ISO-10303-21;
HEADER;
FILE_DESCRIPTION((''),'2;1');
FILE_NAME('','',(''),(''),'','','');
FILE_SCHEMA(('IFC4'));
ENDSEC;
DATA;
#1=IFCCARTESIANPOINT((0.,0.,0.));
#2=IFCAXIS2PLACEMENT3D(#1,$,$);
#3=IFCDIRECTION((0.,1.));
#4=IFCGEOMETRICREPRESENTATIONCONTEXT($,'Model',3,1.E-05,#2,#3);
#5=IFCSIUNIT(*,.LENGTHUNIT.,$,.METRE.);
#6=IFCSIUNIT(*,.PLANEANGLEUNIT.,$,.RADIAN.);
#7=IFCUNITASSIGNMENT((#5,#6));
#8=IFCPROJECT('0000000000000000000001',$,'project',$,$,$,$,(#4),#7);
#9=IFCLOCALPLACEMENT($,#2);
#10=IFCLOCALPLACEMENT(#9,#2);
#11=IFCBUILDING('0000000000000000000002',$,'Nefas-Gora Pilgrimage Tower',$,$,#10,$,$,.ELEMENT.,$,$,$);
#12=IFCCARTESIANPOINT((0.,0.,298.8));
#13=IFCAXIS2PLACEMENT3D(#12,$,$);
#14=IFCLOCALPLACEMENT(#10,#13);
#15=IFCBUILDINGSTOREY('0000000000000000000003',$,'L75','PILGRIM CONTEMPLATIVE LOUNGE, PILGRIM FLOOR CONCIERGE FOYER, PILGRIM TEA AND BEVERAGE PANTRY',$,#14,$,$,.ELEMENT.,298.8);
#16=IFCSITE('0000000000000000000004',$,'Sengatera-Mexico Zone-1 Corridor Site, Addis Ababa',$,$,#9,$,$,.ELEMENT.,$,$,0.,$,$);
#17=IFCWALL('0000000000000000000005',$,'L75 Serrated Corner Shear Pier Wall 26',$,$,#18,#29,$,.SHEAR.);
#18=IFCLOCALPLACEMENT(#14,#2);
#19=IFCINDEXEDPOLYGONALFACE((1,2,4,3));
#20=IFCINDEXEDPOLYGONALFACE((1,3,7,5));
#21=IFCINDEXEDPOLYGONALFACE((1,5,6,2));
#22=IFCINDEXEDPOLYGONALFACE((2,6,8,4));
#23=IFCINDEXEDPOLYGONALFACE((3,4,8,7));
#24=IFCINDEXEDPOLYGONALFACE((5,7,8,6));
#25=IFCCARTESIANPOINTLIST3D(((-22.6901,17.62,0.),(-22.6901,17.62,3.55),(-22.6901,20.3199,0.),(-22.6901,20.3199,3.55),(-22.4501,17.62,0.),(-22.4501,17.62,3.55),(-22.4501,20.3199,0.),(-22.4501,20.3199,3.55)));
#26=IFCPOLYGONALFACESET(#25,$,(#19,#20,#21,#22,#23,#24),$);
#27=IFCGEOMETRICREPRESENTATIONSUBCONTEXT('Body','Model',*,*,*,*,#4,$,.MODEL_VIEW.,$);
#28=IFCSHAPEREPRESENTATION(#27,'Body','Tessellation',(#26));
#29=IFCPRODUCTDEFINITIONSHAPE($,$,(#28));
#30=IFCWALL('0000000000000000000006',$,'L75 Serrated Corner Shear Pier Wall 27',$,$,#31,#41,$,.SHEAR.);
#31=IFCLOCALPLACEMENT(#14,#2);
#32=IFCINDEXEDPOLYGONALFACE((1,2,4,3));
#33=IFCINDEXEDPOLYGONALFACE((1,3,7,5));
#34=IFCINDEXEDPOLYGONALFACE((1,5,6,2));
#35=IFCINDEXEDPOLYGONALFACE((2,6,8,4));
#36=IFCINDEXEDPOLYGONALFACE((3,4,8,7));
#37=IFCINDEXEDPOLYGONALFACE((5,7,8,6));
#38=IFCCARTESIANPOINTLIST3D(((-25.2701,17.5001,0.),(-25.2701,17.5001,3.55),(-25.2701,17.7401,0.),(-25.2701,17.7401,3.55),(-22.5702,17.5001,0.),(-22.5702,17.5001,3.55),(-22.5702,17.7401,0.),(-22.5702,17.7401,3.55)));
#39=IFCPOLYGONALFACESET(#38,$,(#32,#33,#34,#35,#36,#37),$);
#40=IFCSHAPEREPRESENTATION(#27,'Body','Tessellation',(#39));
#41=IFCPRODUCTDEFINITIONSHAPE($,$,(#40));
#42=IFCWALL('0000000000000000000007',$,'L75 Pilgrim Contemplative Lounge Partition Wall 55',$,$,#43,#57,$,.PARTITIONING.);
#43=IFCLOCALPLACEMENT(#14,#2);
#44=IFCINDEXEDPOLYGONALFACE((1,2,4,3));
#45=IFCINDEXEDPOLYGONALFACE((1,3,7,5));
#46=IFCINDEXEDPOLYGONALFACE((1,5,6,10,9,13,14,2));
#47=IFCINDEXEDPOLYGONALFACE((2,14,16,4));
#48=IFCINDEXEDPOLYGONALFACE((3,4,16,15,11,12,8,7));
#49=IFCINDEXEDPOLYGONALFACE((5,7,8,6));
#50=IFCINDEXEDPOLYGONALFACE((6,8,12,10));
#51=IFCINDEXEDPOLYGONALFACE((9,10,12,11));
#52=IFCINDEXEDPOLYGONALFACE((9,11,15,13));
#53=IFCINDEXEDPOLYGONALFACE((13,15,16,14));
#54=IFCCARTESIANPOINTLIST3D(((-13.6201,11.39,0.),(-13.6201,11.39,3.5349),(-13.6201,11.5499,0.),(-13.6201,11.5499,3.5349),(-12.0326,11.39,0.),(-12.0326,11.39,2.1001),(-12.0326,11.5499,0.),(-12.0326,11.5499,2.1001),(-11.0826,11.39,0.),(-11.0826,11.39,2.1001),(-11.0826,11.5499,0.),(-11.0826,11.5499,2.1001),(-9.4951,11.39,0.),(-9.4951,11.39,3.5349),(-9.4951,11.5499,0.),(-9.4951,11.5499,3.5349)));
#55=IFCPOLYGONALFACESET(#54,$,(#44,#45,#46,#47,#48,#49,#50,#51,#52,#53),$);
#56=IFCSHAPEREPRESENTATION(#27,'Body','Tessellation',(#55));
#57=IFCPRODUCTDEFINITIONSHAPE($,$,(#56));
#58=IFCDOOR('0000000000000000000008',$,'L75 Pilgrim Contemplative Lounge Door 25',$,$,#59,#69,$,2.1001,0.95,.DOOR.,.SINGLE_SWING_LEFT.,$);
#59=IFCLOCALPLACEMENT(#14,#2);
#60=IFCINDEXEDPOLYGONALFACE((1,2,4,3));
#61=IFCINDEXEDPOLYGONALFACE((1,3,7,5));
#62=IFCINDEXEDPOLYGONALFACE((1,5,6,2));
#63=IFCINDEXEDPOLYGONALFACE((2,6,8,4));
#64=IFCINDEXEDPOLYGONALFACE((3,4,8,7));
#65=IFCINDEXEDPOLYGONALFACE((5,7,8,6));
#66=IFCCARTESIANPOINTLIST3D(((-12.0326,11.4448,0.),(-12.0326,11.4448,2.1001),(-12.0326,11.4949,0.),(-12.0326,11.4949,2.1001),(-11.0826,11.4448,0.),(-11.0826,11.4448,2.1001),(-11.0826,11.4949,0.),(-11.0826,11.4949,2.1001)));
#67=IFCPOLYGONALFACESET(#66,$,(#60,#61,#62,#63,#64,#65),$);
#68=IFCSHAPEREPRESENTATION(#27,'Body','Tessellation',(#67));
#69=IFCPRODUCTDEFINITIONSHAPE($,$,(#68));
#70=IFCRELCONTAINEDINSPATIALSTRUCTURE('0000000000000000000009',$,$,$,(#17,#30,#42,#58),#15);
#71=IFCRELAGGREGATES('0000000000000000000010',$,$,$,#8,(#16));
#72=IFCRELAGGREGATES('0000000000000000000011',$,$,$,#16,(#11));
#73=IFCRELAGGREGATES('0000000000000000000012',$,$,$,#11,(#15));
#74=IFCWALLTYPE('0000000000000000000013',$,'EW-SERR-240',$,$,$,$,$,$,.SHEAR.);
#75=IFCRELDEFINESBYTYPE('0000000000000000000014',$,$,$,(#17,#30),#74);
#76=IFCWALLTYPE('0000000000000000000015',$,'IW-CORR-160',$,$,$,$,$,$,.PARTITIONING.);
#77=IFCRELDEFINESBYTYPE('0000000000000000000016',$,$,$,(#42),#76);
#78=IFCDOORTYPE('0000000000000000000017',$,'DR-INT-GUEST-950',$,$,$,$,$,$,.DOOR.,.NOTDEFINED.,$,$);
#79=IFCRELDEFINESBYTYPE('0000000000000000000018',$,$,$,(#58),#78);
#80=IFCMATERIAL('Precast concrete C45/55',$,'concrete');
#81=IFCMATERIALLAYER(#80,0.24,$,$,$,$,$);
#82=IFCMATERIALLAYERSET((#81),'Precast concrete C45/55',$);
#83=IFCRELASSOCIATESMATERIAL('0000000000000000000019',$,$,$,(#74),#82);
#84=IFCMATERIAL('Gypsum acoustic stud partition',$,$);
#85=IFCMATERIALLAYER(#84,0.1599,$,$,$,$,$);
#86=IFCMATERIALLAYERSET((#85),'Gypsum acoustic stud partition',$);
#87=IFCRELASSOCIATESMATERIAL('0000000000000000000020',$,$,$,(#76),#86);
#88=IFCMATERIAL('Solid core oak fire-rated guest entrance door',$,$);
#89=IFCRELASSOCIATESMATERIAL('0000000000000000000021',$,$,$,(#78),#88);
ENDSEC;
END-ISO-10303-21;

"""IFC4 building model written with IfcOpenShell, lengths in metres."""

from ifc_helpers import new_model, si_unit, direction, frame, frame_2d, origin, place, context, subcontext, project, spatial, rectangle, extrude, source, transform, mapped, material, layer, layer_set, type_object, element, fill, save


model = new_model("IFC4")

# Units and contexts
model_context = context("Model", 3, precision=1e-05, world=origin(), true_north=direction((0.0, 1.0)))
body_context = subcontext(model_context, "Body", "Model", "MODEL_VIEW")
ifc_project = project(units=[si_unit("LENGTHUNIT", "METRE"), si_unit("PLANEANGLEUNIT", "RADIAN")], contexts=[model_context])

# Site, building, storey
site_placement = place(None, origin())
site = spatial("IfcSite", under=ifc_project, at=site_placement, Name="Sengatera-Mexico Zone-1 Corridor Site, Addis Ababa", CompositionType="ELEMENT", RefElevation=0.0)
building_placement = place(site_placement, origin())
building = spatial("IfcBuilding", under=site, at=building_placement, Name="Nefas-Gora Pilgrimage Tower", CompositionType="ELEMENT")
storey_placement = place(building_placement, frame((0.0, 0.0, 298.8)))
storey = spatial("IfcBuildingStorey", under=building, at=storey_placement, Name="L75", Description="PILGRIM CONTEMPLATIVE LOUNGE, PILGRIM FLOOR CONCIERGE FOYER, PILGRIM TEA AND BEVERAGE PANTRY", CompositionType="ELEMENT", Elevation=298.8)

# Shared definitions
ifc_material_1 = material(Name="Precast concrete C45/55", Category="concrete")
ifc_layer_1 = layer(ifc_material_1, 0.24)
ifc_layer_set_1 = layer_set([ifc_layer_1], Name="Precast concrete C45/55")
wall_type_1 = type_object("IfcWallType", Name="EW-SERR-240", PredefinedType="SHEAR", material=ifc_layer_set_1)
shared_shape_1 = source(origin(), body_context, "Body", "SweptSolid", [
    extrude(rectangle(XDim=2.7, YDim=0.24, at=frame_2d((1.3501, 0.0))), origin(), (0.0, 0.0, 1.0), 3.55),
])

# Walls
for number, where, z_axis, x_axis, name in (
    (1, (-22.5701, 20.3201, 0.0), (0.0, 0.0, 1.0), (0.0, -1.0, 0.0), "L75 Serrated Corner Shear Pier Wall 26"),
    (2, (-22.5701, 17.6201, 0.0), (0.0, 0.0, 1.0), (-1.0, 0.0, 0.0), "L75 Serrated Corner Shear Pier Wall 27"),
):
    element("IfcWall", number, at=place(storey_placement, frame(where, z_axis=z_axis, x_axis=x_axis)), inside=storey, type_object=wall_type_1, Name=name, PredefinedType="SHEAR", context=body_context, shape_type="MappedRepresentation", body=[
        mapped(shared_shape_1, transform((0.0, 0.0, 0.0), x_axis=(1.0, 0.0, 0.0), y_axis=(0.0, 1.0, 0.0), z_axis=(0.0, 0.0, 1.0), scale=1.0)),
    ])

# Wall, opening, door
ifc_material_2 = material(Name="Gypsum acoustic stud partition")
ifc_layer_2 = layer(ifc_material_2, 0.1599)
ifc_layer_set_2 = layer_set([ifc_layer_2], Name="Gypsum acoustic stud partition")
wall_type_2 = type_object("IfcWallType", Name="IW-CORR-160", PredefinedType="PARTITIONING", material=ifc_layer_set_2)
shared_shape_2 = source(origin(), body_context, "Body", "SweptSolid", [
    extrude(rectangle(XDim=4.125, YDim=0.1599, at=frame_2d((2.0625, 0.0))), origin(), (0.0, 0.0, 1.0), 3.5349),
])
wall_1_placement = place(storey_placement, frame((-13.6201, 11.47, 0.0), z_axis=(0.0, 0.0, 1.0), x_axis=(1.0, 0.0, 0.0)))
wall_1 = element("IfcWall", 3, at=wall_1_placement, inside=storey, type_object=wall_type_2, Name="L75 Pilgrim Contemplative Lounge Partition Wall 55", PredefinedType="PARTITIONING", context=body_context, shape_type="MappedRepresentation", body=[
    mapped(shared_shape_2, transform((0.0, 0.0, 0.0), x_axis=(1.0, 0.0, 0.0), y_axis=(0.0, 1.0, 0.0), z_axis=(0.0, 0.0, 1.0), scale=1.0)),
])
opening_1_placement = place(wall_1_placement, frame((1.5874, 0.0, 0.0)))
opening_1 = element("IfcOpeningElement", 4, at=opening_1_placement, cuts=wall_1, PredefinedType="OPENING", context=body_context, shape_type="SweptSolid", body=[
    extrude(rectangle(XDim=0.95, YDim=2.1001, at=frame_2d((0.4751, 1.05))), frame((0.0, 0.0898, 0.0), z_axis=(0.0, -1.0, 0.0), x_axis=(1.0, 0.0, 0.0)), (0.0, 0.0, 1.0), 0.1799),
])
ifc_material_3 = material(Name="Solid core oak fire-rated guest entrance door")
door_type = type_object("IfcDoorType", Name="DR-INT-GUEST-950", OperationType="NOTDEFINED", PredefinedType="DOOR", material=ifc_material_3)
shared_shape_3 = source(origin(), body_context, "Body", "SweptSolid", [
    extrude(rectangle(XDim=0.95, YDim=2.1001, at=frame_2d((0.4751, 1.05))), frame((0.0, 0.0249, 0.0), z_axis=(0.0, -1.0, 0.0), x_axis=(1.0, 0.0, 0.0)), (0.0, 0.0, 1.0), 0.05),
])
door_placement = place(opening_1_placement, origin())
door = element("IfcDoor", 5, at=door_placement, inside=storey, type_object=door_type, Name="L75 Pilgrim Contemplative Lounge Door 25", OperationType="SINGLE_SWING_LEFT", OverallHeight=2.1001, OverallWidth=0.95, PredefinedType="DOOR", context=body_context, shape_type="MappedRepresentation", body=[
    mapped(shared_shape_3, transform((0.0, 0.0, 0.0), x_axis=(1.0, 0.0, 0.0), y_axis=(0.0, 1.0, 0.0), z_axis=(0.0, 0.0, 1.0), scale=1.0)),
])
fill(opening_1, door)

save(model, "model.ifc")
